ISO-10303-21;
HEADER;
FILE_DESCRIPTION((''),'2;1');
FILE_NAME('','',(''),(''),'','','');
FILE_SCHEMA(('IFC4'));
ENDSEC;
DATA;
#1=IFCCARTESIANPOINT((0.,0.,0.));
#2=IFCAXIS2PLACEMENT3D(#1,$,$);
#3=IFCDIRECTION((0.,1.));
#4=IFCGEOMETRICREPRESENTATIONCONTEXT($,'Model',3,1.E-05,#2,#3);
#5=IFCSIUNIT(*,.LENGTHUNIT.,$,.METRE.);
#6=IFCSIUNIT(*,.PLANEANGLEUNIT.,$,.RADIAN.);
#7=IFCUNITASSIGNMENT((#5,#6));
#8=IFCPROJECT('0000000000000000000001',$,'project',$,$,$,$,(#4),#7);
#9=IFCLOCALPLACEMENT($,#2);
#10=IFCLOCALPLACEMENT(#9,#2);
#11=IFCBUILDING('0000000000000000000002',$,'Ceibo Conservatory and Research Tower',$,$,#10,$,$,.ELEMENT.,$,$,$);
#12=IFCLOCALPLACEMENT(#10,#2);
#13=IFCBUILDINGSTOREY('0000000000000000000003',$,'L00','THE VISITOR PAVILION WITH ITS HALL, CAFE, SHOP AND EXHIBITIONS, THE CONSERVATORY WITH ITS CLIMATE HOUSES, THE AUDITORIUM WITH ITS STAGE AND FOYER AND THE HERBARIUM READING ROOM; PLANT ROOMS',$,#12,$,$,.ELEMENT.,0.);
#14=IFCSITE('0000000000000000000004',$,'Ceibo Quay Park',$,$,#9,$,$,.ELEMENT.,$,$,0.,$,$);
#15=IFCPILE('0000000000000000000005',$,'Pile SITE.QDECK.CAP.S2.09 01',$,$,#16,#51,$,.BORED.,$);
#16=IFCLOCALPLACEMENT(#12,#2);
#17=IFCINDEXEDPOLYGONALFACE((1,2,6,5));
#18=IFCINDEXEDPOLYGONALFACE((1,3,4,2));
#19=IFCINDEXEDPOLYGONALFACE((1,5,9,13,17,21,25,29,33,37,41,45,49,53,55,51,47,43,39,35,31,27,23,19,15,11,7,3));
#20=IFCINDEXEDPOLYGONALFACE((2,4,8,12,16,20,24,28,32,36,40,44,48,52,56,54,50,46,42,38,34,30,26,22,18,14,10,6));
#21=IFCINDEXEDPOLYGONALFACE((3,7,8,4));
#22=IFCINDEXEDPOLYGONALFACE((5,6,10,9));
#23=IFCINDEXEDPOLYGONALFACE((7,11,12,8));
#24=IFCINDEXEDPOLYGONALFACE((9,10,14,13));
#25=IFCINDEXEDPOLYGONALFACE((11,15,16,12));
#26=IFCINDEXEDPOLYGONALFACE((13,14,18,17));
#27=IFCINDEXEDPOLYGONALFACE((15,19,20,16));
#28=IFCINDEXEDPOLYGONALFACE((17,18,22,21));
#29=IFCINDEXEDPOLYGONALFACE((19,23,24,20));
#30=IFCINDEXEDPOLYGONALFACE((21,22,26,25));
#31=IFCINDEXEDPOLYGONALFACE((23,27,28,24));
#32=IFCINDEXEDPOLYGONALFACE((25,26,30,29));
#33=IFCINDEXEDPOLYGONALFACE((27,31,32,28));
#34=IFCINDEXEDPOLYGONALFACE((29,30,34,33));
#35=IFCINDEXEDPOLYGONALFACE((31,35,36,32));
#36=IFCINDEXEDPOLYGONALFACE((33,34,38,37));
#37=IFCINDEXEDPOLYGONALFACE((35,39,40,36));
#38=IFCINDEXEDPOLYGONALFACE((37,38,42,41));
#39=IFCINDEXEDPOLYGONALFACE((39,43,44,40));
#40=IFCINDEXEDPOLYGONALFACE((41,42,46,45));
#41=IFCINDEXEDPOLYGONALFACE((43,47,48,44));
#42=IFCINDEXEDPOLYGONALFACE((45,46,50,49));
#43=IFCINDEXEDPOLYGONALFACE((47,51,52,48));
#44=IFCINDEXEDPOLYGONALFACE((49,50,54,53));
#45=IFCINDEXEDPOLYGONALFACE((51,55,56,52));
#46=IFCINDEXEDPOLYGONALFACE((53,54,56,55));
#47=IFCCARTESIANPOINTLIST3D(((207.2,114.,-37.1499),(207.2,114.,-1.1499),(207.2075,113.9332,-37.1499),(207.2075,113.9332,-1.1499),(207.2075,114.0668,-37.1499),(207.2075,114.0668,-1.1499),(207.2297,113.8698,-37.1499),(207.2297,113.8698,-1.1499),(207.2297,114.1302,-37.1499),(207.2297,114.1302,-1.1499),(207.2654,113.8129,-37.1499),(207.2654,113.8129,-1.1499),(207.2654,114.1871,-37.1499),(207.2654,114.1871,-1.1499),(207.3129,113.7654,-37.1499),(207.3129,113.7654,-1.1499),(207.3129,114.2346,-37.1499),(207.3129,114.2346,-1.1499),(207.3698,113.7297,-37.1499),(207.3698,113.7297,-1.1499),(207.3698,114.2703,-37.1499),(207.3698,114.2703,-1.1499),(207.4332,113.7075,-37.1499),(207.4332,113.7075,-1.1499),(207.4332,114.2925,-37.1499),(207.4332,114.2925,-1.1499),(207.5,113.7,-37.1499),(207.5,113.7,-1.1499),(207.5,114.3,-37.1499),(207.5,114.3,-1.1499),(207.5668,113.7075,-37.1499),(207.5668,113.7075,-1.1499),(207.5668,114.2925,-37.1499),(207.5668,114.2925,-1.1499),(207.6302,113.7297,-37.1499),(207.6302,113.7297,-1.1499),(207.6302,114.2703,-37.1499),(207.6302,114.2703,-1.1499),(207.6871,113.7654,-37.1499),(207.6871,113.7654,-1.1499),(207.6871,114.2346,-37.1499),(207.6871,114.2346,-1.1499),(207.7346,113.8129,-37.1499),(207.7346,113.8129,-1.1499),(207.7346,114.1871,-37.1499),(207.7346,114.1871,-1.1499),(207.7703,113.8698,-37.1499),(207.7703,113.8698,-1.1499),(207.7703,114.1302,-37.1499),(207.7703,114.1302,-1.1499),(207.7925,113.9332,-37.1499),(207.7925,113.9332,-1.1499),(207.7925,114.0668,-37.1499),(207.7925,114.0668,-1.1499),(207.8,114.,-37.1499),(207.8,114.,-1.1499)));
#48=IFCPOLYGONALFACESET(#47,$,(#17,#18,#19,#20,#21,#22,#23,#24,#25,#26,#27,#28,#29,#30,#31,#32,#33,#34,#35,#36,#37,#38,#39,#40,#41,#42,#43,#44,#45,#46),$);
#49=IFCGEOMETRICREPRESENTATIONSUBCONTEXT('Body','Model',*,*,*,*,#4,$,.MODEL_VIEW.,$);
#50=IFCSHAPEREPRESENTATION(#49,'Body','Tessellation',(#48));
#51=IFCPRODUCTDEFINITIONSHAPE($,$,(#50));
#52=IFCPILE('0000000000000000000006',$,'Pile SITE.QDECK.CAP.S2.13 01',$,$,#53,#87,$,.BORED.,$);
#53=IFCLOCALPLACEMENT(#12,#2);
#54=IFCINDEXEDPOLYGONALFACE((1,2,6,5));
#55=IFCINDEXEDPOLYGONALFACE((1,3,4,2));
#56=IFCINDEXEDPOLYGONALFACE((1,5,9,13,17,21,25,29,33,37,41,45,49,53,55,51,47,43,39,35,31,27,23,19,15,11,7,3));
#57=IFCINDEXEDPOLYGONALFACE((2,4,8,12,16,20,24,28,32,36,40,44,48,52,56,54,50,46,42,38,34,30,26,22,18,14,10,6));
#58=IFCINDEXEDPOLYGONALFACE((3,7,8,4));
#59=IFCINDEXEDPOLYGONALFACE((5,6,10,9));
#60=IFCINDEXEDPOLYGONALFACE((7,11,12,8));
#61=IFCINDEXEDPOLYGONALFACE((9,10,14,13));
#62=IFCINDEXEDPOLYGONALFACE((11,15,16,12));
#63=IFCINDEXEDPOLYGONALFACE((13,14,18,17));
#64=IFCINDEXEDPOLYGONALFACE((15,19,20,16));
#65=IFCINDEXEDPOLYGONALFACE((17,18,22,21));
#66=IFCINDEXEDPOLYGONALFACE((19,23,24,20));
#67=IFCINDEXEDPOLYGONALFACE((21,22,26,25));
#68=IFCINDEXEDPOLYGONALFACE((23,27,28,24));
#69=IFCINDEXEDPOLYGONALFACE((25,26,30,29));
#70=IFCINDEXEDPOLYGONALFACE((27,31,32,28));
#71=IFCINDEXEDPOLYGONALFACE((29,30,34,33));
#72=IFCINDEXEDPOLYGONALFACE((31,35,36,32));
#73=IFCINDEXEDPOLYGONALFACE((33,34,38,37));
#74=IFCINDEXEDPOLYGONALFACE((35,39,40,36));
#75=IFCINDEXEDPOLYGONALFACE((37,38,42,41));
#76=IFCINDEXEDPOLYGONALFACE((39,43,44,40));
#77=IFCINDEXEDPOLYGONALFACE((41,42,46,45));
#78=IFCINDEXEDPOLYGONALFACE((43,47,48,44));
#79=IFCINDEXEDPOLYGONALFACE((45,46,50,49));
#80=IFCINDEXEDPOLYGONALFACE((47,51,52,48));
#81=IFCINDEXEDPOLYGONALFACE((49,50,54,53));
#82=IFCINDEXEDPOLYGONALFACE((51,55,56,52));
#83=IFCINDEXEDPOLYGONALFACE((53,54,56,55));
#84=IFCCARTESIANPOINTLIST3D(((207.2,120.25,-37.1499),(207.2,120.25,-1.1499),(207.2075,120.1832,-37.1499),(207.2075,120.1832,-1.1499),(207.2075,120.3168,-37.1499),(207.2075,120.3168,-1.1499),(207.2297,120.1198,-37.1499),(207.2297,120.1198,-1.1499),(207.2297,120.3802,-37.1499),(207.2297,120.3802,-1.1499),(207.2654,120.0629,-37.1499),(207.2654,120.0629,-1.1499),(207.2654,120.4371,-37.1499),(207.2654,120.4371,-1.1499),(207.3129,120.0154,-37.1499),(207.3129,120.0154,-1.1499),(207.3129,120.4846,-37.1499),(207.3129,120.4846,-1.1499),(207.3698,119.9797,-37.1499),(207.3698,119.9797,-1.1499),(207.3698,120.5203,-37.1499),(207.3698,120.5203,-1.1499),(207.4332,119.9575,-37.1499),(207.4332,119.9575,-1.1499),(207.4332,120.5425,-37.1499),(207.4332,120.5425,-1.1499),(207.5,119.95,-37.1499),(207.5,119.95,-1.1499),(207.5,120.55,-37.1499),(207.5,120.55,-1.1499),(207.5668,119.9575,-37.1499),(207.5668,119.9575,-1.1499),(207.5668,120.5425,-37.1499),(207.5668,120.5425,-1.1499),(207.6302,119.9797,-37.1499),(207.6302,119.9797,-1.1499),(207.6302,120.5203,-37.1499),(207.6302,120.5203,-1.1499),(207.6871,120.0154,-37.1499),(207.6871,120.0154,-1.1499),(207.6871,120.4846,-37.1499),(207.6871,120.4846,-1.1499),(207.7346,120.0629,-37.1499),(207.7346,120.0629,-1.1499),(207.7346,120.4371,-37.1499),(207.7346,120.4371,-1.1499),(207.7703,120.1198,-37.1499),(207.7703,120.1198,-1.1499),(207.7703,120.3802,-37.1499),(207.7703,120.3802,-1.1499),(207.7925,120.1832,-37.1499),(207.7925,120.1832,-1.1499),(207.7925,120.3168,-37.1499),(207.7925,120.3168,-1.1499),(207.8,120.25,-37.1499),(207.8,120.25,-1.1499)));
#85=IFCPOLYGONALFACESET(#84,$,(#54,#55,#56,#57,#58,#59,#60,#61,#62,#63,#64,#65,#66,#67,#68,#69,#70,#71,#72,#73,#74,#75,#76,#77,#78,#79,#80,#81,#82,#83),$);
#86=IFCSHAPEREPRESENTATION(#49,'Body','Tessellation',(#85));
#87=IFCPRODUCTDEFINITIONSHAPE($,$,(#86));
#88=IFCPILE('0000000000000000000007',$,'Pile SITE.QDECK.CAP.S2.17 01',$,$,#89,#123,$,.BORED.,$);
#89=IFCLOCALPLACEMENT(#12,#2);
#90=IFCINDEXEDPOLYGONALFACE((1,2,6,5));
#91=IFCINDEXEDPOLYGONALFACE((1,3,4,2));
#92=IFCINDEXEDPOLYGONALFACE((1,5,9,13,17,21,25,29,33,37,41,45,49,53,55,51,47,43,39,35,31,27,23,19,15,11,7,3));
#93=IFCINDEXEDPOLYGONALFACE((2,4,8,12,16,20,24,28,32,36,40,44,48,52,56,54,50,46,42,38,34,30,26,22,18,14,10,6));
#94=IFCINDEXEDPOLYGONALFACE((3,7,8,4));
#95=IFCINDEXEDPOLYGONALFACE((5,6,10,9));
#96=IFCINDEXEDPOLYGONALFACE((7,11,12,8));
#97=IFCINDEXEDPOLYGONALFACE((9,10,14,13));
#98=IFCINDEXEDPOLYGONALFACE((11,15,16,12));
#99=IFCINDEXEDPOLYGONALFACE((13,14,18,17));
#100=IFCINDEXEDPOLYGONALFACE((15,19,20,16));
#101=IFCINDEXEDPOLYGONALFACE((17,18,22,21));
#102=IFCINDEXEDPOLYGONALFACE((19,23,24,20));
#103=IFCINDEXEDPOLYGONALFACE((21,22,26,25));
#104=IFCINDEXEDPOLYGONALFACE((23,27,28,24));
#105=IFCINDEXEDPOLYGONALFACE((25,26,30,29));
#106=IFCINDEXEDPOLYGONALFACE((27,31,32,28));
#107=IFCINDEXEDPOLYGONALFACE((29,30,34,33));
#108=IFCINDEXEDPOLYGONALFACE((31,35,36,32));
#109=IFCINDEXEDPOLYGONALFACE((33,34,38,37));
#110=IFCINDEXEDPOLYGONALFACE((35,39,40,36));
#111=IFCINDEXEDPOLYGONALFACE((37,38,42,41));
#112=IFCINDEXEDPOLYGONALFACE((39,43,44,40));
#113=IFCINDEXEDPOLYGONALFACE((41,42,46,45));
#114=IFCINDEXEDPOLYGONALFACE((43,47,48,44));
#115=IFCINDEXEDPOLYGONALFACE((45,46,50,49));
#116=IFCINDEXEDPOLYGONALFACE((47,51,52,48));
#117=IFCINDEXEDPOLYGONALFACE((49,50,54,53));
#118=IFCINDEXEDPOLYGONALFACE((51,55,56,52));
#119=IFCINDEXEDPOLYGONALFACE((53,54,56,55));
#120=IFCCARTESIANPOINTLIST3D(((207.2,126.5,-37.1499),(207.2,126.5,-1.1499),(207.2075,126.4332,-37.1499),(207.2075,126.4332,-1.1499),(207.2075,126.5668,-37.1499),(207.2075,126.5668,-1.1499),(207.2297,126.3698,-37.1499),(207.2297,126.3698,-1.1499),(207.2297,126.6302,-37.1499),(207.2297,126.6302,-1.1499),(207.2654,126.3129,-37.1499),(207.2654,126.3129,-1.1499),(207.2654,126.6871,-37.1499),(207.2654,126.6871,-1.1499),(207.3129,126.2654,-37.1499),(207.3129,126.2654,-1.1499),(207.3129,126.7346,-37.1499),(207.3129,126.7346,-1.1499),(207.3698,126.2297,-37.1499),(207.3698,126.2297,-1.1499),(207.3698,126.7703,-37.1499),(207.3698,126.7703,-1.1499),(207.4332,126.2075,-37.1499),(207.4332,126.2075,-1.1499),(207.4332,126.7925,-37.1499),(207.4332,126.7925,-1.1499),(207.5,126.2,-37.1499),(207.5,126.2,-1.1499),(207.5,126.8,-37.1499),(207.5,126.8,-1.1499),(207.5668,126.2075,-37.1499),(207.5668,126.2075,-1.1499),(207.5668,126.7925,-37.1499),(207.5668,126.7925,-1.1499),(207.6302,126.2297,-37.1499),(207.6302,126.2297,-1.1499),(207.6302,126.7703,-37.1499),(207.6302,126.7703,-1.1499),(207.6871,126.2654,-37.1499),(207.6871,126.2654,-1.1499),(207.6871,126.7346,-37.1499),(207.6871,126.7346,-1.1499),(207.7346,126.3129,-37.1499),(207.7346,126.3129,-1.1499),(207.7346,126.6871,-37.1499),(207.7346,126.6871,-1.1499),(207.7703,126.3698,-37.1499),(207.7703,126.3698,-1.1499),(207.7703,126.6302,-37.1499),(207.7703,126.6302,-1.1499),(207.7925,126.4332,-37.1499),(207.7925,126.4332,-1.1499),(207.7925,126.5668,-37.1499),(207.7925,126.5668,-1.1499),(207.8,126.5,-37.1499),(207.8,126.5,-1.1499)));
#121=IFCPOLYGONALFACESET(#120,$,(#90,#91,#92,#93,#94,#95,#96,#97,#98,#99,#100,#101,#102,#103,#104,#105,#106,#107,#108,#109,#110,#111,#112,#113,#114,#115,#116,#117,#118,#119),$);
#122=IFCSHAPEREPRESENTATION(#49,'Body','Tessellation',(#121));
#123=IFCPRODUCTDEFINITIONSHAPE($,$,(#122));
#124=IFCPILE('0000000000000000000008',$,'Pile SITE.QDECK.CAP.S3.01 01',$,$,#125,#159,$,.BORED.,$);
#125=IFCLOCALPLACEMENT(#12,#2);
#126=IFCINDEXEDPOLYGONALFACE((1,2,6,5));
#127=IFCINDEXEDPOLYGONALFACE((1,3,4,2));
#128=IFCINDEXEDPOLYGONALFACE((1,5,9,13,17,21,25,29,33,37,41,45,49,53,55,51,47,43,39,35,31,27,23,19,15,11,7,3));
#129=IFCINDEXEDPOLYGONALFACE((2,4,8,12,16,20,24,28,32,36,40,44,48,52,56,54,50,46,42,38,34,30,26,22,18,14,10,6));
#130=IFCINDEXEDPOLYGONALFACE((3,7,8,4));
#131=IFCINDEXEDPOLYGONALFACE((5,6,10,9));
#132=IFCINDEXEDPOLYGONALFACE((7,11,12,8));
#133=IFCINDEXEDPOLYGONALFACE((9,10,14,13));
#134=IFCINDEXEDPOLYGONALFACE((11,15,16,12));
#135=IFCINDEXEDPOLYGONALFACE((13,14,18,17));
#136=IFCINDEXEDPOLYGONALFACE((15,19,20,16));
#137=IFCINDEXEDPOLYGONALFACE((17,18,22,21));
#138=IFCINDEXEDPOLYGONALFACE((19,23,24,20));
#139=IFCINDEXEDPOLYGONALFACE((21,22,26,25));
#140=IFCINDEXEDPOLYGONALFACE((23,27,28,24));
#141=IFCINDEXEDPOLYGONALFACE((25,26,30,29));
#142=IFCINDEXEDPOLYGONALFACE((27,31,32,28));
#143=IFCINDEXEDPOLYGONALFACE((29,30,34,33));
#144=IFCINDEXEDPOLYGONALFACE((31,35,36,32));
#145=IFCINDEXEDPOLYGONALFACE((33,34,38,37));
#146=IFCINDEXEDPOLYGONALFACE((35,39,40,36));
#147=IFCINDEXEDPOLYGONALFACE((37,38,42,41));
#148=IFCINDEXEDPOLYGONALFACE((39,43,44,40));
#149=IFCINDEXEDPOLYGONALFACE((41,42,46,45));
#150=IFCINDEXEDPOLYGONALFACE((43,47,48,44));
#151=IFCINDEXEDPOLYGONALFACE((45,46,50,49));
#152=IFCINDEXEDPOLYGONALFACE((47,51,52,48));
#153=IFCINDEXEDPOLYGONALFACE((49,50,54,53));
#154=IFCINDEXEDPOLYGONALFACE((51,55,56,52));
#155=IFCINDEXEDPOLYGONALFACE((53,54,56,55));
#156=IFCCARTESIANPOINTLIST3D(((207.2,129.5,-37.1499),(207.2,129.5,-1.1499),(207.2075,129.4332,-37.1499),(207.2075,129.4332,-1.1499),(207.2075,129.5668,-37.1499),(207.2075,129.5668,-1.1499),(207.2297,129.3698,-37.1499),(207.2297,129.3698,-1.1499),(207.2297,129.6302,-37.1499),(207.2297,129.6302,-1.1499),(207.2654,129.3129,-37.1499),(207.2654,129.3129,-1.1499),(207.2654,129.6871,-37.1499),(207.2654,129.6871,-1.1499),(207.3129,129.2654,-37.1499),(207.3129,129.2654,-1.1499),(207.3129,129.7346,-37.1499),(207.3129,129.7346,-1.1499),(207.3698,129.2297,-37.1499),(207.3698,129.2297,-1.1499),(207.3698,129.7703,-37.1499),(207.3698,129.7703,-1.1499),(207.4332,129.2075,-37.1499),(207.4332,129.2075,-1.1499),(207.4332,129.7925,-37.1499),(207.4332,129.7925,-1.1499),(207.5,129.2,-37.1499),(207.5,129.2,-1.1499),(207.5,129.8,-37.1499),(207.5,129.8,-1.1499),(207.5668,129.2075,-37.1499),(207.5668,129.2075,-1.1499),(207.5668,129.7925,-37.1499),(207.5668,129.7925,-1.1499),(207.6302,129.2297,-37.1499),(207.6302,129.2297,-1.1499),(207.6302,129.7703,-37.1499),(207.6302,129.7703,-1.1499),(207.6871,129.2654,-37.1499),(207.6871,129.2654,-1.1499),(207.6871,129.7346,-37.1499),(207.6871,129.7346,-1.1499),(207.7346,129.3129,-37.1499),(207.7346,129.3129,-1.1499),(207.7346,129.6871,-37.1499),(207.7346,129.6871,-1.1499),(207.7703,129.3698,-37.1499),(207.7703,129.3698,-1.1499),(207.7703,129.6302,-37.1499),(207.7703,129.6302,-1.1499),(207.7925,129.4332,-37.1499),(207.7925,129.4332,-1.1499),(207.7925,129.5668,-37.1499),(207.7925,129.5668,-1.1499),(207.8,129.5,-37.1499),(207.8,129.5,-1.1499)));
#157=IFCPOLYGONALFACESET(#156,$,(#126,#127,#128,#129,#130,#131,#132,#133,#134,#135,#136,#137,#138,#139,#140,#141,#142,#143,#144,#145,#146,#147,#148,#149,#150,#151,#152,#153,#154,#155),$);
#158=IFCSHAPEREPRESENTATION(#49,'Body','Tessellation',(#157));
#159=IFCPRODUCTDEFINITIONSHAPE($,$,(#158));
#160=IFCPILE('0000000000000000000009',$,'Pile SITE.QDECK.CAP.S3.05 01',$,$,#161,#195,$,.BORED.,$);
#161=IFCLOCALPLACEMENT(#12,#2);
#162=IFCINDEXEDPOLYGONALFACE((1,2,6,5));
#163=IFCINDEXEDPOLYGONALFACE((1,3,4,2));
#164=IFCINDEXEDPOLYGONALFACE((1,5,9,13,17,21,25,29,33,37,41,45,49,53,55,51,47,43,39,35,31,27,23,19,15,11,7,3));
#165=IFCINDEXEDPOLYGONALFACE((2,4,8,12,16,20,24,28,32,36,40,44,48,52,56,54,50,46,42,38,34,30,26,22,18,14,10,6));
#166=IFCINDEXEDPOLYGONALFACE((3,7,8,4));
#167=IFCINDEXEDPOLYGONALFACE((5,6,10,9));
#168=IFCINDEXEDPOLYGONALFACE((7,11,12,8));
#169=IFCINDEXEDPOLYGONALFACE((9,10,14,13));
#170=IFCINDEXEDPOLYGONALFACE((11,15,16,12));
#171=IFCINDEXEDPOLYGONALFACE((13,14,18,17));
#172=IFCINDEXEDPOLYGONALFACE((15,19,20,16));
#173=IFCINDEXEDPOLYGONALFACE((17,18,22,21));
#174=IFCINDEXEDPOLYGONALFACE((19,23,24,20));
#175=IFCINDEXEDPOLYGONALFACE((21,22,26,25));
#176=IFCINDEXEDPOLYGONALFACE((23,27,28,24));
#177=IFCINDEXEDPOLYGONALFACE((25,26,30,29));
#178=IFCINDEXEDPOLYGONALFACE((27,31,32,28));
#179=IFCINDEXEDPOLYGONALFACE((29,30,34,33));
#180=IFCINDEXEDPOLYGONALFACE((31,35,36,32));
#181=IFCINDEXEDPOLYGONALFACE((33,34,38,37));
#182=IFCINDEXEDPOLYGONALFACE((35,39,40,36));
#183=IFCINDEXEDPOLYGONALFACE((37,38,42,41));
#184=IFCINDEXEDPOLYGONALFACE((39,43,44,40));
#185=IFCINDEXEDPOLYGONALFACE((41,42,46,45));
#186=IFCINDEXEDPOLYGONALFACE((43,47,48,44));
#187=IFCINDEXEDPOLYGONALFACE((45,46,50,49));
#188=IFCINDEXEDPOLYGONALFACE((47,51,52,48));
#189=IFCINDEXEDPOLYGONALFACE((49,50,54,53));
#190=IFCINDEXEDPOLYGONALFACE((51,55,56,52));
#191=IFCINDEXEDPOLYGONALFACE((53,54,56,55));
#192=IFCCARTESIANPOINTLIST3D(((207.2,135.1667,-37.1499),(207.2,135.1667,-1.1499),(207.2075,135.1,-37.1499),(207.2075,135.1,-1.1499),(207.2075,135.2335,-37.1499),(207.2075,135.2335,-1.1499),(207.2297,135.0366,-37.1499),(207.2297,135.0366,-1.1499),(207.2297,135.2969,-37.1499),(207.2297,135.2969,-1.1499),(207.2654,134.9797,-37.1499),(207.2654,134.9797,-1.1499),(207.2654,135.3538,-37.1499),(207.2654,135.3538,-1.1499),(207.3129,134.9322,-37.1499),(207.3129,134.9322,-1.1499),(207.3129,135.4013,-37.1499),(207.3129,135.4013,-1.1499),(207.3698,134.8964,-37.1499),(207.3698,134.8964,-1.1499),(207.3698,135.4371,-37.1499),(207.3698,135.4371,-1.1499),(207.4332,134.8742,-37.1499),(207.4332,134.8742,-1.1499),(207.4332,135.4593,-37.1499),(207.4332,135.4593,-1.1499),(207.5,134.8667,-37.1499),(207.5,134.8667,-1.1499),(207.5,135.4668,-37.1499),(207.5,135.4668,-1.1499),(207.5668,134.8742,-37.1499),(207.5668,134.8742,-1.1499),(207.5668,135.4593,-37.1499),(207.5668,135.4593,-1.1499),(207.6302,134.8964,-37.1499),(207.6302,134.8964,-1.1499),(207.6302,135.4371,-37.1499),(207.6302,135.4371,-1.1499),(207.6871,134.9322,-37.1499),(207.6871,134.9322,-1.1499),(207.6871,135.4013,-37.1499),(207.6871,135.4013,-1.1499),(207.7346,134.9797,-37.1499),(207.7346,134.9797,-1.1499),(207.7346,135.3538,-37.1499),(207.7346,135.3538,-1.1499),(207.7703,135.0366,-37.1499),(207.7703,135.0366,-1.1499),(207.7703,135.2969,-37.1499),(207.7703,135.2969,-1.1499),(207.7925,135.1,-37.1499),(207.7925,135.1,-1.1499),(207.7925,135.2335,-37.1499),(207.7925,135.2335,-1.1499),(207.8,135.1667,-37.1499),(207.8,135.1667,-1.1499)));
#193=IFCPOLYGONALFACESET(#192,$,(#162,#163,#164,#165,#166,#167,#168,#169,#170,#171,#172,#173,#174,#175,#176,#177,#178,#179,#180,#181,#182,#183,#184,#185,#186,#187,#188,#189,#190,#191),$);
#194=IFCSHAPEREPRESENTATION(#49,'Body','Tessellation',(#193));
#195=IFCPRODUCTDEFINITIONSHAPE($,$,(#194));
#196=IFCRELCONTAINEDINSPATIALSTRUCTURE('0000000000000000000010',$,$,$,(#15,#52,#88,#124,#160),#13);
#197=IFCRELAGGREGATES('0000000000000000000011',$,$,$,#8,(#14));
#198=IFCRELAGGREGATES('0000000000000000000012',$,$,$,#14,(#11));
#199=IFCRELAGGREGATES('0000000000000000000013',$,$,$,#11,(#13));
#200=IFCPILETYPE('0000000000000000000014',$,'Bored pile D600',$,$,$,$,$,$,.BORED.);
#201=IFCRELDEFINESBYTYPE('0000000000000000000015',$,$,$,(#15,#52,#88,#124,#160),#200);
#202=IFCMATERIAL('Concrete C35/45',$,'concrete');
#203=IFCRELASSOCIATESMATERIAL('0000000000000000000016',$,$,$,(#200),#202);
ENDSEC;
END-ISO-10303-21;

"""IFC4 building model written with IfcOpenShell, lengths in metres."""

from ifc_helpers import new_model, si_unit, direction, frame, origin, origin_2d, place, context, subcontext, project, spatial, circle, extrude, material, material_profile, profile_set, type_object, element, save


model = new_model("IFC4")

# Units and contexts
model_context = context("Model", 3, precision=1e-05, world=origin(), true_north=direction((0.0, 1.0)))
body_context = subcontext(model_context, "Body", "Model", "MODEL_VIEW")
ifc_project = project(units=[si_unit("LENGTHUNIT", "METRE"), si_unit("PLANEANGLEUNIT", "RADIAN")], contexts=[model_context])

# Site, building, storey
site_placement = place(None, origin())
site = spatial("IfcSite", under=ifc_project, at=site_placement, Name="Ceibo Quay Park", CompositionType="ELEMENT", RefElevation=0.0)
building_placement = place(site_placement, origin())
building = spatial("IfcBuilding", under=site, at=building_placement, Name="Ceibo Conservatory and Research Tower", CompositionType="ELEMENT")
storey_placement = place(building_placement, origin())
storey = spatial("IfcBuildingStorey", under=building, at=storey_placement, Name="L00", Description="THE VISITOR PAVILION WITH ITS HALL, CAFE, SHOP AND EXHIBITIONS, THE CONSERVATORY WITH ITS CLIMATE HOUSES, THE AUDITORIUM WITH ITS STAGE AND FOYER AND THE HERBARIUM READING ROOM; PLANT ROOMS", CompositionType="ELEMENT", Elevation=0.0)

# Piles
ifc_material_1 = material(Name="Concrete C35/45", Category="concrete")
ifc_material_profile_1 = material_profile(ifc_material_1, circle(Radius=0.3, at=origin_2d()), Name="RC D600")
ifc_profile_set_1 = profile_set([ifc_material_profile_1], Name="Concrete C35/45")
pile_type = type_object("IfcPileType", Name="Bored pile D600", PredefinedType="BORED", material=ifc_profile_set_1)
for number, where, z_axis, x_axis, name in (
    (1, (207.5, 114.0, -1.1499), (0.0, 0.0, -1.0), (1.0, 0.0, 0.0), "Pile SITE.QDECK.CAP.S2.09 01"),
    (2, (207.5, 120.25, -1.1499), (0.0, 0.0, -1.0), (1.0, 0.0, 0.0), "Pile SITE.QDECK.CAP.S2.13 01"),
    (3, (207.5, 126.5, -1.1499), (0.0, 0.0, -1.0), (1.0, 0.0, 0.0), "Pile SITE.QDECK.CAP.S2.17 01"),
    (4, (207.5, 129.5, -1.1499), (0.0, 0.0, -1.0), (1.0, 0.0, 0.0), "Pile SITE.QDECK.CAP.S3.01 01"),
    (5, (207.5, 135.1667, -1.1499), (0.0, 0.0, -1.0), (1.0, 0.0, 0.0), "Pile SITE.QDECK.CAP.S3.05 01"),
):
    element("IfcPile", number, at=place(storey_placement, frame(where, z_axis=z_axis, x_axis=x_axis)), inside=storey, type_object=pile_type, Name=name, PredefinedType="BORED", context=body_context, shape_type="SweptSolid", body=[
        extrude(circle(Radius=0.3, at=origin_2d()), origin(), (0.0, 0.0, 1.0), 36.0),
    ])

save(model, "model.ifc")
